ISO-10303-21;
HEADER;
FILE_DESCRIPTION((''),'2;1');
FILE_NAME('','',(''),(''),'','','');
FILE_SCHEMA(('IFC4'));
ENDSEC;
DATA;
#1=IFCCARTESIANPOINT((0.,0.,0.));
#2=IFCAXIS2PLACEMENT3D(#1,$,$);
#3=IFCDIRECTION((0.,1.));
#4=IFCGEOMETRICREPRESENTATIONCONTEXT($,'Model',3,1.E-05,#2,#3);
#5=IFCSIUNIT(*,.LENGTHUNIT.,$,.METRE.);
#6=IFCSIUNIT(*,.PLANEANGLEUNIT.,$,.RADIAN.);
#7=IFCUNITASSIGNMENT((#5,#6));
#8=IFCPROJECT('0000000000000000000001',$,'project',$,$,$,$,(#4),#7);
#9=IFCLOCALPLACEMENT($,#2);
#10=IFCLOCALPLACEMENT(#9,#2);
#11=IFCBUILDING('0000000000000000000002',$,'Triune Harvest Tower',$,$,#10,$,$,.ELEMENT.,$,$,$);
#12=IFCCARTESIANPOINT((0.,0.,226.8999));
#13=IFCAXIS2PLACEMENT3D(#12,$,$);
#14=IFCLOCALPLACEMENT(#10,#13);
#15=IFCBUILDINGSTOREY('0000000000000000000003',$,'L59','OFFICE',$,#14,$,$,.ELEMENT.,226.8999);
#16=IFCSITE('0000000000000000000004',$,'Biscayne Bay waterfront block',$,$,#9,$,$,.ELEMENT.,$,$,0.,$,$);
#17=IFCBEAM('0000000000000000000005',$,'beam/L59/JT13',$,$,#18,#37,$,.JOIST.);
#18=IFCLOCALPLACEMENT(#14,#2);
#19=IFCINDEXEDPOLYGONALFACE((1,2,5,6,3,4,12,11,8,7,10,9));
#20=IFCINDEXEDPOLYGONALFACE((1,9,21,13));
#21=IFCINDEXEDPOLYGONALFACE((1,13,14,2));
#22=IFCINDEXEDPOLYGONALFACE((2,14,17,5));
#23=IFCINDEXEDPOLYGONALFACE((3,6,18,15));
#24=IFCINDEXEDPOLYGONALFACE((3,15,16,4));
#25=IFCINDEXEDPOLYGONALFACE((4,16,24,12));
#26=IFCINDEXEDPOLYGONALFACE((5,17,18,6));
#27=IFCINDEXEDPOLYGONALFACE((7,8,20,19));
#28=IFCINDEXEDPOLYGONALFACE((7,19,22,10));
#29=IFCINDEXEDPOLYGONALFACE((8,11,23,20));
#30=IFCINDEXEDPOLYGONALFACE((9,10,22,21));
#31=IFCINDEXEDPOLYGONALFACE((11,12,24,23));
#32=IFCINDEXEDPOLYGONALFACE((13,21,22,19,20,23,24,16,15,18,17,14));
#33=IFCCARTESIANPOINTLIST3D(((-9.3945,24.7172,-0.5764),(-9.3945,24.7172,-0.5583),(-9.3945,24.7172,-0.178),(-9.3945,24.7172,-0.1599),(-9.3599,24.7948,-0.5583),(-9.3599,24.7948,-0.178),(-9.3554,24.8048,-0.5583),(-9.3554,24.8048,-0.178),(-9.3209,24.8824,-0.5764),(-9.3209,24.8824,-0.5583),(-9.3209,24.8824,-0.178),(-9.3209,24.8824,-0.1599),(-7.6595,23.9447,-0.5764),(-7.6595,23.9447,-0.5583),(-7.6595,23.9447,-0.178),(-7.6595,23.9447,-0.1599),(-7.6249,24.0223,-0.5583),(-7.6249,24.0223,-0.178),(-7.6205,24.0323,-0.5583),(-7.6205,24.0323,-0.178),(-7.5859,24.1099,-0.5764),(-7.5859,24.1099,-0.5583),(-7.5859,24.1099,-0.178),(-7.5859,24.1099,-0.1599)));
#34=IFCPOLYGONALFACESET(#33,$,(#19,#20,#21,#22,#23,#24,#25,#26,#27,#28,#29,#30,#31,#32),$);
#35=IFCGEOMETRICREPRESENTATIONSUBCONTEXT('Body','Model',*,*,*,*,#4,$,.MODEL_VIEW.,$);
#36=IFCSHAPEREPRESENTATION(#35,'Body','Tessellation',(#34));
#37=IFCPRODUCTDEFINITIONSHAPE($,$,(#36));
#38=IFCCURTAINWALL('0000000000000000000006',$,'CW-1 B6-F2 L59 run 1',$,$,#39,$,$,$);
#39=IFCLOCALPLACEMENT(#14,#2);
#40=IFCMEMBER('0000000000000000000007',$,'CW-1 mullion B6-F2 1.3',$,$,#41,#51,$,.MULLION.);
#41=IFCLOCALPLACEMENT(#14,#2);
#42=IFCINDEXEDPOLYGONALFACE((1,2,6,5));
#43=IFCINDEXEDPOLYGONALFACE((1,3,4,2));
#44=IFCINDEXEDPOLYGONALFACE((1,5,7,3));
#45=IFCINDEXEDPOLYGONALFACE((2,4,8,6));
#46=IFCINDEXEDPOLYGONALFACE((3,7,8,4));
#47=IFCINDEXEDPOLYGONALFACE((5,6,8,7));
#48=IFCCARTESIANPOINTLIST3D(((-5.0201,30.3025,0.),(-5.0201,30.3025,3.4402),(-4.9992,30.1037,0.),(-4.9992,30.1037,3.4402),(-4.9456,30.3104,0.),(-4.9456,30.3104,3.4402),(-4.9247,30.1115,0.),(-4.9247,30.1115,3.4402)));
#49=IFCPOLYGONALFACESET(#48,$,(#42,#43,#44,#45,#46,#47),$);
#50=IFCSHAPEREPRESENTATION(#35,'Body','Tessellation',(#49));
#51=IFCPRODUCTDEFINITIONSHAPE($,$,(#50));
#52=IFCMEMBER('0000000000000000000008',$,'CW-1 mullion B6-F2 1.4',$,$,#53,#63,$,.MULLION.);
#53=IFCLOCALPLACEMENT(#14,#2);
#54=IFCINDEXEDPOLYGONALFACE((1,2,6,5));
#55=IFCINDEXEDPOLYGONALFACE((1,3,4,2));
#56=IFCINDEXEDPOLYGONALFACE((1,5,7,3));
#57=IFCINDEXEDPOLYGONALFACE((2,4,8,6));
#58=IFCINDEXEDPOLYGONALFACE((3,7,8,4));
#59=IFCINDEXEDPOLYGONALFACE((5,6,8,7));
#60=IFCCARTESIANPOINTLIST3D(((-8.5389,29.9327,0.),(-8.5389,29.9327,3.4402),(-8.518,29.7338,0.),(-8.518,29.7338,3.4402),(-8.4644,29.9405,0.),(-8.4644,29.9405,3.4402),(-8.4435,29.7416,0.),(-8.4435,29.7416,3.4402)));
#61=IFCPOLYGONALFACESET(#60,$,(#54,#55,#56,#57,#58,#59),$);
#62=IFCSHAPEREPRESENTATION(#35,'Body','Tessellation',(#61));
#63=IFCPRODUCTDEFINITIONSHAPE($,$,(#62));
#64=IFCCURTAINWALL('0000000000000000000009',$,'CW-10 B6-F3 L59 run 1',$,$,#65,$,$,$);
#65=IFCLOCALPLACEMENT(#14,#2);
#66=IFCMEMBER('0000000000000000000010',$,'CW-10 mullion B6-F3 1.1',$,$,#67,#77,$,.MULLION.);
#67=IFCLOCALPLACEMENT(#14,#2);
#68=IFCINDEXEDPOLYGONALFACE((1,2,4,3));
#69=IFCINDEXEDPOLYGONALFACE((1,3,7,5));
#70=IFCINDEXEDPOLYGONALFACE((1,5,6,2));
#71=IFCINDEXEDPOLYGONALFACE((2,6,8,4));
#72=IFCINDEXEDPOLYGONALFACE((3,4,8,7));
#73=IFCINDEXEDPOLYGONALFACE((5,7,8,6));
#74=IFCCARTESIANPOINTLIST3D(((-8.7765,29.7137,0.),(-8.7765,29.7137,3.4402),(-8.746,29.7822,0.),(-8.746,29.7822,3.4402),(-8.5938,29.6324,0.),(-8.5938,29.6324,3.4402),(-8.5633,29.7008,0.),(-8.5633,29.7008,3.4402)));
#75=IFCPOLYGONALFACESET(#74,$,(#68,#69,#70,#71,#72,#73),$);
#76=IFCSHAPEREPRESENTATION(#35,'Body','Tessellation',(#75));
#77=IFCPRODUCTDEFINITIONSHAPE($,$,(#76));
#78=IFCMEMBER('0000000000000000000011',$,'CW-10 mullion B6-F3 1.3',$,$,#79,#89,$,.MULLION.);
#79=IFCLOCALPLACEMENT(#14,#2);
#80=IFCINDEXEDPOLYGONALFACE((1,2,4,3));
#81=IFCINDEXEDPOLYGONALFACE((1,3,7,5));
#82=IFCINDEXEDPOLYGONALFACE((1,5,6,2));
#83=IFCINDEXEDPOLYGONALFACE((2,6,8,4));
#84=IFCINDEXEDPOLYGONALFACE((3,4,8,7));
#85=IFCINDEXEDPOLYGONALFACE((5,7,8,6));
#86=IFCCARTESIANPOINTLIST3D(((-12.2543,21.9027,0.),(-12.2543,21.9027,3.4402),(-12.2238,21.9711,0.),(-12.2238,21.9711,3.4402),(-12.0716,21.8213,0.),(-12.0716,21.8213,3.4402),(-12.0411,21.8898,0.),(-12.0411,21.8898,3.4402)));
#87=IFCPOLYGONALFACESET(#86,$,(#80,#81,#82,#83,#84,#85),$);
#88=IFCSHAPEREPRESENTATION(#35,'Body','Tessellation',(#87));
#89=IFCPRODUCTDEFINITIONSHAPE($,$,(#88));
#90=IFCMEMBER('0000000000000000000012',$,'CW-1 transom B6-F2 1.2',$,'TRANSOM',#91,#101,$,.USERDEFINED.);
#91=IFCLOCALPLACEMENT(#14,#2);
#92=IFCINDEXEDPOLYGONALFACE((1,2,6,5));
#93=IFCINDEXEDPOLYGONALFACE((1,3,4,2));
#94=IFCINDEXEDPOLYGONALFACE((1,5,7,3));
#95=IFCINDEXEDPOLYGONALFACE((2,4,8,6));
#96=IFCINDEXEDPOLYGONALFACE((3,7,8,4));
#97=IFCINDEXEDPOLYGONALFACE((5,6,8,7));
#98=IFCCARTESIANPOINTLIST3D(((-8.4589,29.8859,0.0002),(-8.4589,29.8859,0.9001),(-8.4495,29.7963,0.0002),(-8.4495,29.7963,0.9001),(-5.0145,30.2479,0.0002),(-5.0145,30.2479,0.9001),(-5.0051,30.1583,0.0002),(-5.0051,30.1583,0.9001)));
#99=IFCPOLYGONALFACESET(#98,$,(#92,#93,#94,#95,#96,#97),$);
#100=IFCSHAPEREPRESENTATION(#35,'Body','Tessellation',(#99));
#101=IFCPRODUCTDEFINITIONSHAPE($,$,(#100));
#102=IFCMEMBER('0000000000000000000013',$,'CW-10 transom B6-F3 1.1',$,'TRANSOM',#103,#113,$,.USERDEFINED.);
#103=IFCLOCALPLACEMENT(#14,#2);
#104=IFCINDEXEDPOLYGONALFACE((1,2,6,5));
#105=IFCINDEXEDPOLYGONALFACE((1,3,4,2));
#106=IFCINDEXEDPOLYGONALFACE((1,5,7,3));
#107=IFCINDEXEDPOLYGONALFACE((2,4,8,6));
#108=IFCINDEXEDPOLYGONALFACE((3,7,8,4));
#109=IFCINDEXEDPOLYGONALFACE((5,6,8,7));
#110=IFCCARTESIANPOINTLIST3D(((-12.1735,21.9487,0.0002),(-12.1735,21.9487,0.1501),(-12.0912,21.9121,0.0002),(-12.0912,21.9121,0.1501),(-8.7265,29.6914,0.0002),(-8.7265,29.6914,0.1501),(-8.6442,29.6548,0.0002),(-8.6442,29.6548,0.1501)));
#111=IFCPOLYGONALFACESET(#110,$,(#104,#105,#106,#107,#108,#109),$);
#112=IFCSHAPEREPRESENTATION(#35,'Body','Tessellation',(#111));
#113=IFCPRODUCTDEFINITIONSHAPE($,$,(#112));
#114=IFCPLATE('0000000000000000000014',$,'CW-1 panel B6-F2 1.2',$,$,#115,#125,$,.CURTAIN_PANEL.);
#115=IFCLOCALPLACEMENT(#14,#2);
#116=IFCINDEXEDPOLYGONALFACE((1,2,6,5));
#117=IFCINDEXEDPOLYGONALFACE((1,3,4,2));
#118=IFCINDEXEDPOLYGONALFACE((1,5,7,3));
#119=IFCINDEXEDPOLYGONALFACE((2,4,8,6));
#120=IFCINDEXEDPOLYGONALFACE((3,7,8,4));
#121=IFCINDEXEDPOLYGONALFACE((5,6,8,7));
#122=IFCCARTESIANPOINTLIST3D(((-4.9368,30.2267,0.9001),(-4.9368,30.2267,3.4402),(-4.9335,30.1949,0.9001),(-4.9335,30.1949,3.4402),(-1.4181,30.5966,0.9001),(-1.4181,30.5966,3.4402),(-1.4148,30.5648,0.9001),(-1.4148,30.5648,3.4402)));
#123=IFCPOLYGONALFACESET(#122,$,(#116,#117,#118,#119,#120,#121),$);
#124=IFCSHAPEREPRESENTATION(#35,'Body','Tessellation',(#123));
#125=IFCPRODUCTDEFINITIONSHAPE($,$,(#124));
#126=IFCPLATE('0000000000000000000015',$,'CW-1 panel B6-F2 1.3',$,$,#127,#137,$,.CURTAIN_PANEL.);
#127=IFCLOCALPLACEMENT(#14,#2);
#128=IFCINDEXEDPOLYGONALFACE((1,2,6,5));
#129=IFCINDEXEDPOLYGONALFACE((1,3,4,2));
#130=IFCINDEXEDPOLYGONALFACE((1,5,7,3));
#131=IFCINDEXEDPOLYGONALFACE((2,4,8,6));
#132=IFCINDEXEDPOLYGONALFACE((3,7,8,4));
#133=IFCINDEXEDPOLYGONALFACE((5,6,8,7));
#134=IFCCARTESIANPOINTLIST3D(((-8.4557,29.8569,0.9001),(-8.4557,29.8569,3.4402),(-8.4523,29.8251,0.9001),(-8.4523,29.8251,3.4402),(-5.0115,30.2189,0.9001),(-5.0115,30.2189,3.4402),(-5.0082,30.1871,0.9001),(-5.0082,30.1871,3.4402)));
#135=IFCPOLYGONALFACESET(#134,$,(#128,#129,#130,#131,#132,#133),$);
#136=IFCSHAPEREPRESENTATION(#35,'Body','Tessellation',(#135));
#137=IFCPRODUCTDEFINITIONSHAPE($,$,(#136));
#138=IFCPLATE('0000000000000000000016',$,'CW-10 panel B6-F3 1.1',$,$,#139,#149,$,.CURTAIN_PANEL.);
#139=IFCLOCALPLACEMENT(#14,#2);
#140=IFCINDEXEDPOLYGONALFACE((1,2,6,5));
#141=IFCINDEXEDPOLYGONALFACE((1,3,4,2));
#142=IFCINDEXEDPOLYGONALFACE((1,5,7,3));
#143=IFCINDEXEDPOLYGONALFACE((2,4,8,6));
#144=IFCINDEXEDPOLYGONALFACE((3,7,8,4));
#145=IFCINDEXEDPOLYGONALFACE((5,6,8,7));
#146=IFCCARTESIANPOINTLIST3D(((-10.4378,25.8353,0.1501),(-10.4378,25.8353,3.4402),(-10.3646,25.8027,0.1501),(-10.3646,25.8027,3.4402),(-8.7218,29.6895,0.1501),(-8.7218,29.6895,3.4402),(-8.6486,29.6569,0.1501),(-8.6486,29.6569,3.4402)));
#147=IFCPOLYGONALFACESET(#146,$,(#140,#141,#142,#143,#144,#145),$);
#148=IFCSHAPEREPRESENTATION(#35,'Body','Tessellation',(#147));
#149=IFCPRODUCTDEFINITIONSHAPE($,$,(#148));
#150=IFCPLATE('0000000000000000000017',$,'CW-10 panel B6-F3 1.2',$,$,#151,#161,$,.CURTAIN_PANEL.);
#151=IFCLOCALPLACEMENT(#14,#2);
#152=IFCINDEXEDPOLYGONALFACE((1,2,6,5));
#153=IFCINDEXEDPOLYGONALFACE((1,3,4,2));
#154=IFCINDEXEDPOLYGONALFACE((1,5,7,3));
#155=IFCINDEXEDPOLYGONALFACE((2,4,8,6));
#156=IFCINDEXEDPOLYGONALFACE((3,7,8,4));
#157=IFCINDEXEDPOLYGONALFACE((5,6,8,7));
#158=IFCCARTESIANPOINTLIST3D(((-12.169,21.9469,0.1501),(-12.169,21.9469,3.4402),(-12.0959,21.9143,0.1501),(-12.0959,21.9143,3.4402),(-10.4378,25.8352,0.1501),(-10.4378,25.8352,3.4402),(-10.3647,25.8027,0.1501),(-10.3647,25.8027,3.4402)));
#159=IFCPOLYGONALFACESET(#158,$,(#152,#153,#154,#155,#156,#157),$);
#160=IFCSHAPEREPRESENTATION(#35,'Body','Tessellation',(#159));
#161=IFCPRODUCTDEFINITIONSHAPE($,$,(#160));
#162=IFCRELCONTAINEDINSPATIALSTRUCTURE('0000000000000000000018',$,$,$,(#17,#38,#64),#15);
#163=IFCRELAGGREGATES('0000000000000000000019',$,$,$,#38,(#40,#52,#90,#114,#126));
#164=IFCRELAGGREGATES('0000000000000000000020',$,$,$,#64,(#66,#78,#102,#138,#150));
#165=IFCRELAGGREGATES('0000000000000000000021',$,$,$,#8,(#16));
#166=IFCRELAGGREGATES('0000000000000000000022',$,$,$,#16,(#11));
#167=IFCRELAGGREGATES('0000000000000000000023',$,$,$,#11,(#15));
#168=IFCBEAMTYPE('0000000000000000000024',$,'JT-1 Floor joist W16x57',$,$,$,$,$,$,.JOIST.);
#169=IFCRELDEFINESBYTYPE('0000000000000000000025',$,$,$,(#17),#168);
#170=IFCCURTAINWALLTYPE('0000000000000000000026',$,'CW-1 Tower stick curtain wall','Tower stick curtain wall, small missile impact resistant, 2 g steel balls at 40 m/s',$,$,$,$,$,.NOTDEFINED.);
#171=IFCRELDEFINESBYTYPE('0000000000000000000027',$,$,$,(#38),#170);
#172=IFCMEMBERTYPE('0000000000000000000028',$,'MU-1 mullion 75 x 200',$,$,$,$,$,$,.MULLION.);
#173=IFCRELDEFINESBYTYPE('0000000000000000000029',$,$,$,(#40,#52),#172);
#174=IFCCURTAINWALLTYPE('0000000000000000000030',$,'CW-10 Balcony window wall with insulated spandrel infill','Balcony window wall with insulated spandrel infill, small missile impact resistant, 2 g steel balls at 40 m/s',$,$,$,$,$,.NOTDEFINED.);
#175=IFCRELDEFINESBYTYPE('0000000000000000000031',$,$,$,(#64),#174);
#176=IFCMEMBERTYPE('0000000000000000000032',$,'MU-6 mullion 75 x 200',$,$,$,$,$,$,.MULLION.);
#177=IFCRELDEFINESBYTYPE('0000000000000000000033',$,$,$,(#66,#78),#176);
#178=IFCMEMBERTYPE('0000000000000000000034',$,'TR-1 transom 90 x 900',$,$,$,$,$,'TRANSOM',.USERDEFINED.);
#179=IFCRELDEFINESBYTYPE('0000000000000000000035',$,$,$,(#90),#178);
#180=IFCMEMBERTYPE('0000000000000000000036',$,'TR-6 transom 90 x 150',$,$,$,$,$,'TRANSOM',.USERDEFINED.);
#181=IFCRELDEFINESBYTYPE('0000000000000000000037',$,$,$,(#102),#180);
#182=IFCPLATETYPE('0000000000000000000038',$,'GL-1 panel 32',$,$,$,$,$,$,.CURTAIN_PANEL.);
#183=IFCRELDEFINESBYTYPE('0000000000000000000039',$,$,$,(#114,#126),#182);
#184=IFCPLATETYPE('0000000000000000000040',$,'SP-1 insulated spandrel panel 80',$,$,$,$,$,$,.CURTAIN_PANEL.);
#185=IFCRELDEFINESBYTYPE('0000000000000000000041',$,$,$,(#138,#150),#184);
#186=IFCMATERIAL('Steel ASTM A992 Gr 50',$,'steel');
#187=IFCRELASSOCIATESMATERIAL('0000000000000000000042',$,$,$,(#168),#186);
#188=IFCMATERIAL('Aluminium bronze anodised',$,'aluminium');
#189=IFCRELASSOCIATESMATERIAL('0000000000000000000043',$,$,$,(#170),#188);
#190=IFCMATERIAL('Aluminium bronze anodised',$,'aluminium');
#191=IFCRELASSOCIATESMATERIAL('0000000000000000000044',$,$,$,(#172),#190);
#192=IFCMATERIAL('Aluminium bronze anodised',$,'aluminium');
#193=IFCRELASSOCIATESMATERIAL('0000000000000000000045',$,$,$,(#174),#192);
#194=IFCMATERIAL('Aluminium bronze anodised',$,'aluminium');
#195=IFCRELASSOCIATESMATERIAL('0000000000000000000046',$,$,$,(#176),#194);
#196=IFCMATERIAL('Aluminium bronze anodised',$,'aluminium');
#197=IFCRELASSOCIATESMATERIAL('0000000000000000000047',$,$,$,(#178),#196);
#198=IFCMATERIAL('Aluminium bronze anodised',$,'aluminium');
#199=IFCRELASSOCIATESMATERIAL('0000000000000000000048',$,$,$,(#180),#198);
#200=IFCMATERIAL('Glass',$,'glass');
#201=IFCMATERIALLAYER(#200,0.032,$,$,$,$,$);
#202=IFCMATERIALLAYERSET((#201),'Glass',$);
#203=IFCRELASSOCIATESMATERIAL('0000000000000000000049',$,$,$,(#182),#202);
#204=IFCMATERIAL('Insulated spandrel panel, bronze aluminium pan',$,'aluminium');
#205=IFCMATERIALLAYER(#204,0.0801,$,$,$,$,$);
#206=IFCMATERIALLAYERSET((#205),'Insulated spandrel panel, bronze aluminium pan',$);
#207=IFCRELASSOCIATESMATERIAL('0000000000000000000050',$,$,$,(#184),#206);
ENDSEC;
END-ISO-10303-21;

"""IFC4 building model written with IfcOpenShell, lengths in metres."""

from ifc_helpers import new_model, si_unit, direction, frame, origin, origin_2d, place, context, subcontext, project, spatial, rectangle, i_section, extrude, source, transform, mapped, material, layer, layer_set, material_profile, profile_set, type_object, element, aggregate, save


model = new_model("IFC4")

# Units and contexts
model_context = context("Model", 3, precision=1e-05, world=origin(), true_north=direction((0.0, 1.0)))
body_context = subcontext(model_context, "Body", "Model", "MODEL_VIEW")
ifc_project = project(units=[si_unit("LENGTHUNIT", "METRE"), si_unit("PLANEANGLEUNIT", "RADIAN")], contexts=[model_context])

# Site, building, storey
site_placement = place(None, origin())
site = spatial("IfcSite", under=ifc_project, at=site_placement, Name="Biscayne Bay waterfront block", CompositionType="ELEMENT", RefElevation=0.0)
building_placement = place(site_placement, origin())
building = spatial("IfcBuilding", under=site, at=building_placement, Name="Triune Harvest Tower", CompositionType="ELEMENT")
storey_placement = place(building_placement, frame((0.0, 0.0, 226.8999)))
storey = spatial("IfcBuildingStorey", under=building, at=storey_placement, Name="L59", Description="OFFICE", CompositionType="ELEMENT", Elevation=226.8999)

# Beam
ifc_material_1 = material(Name="Steel ASTM A992 Gr 50", Category="steel")
ifc_material_profile_1 = material_profile(ifc_material_1, i_section(OverallWidth=0.1809, OverallDepth=0.4165, WebThickness=0.011, FlangeThickness=0.0181, at=origin_2d()), Name="W16x57")
ifc_profile_set_1 = profile_set([ifc_material_profile_1], Name="Steel ASTM A992 Gr 50")
beam_type_1 = type_object("IfcBeamType", Name="JT-1 Floor joist W16x57", PredefinedType="JOIST", material=ifc_profile_set_1)
shared_shape_1 = source(origin(), body_context, "Body", "SweptSolid", [
    extrude(i_section(OverallWidth=0.1809, OverallDepth=0.4165, WebThickness=0.011, FlangeThickness=0.0181, at=origin_2d()), origin(), (0.0, 0.0, 1.0), 1.8992),
])
beam_1_placement = place(storey_placement, frame((-9.3577, 24.7998, -0.3682), z_axis=(0.913536, -0.406759, 0.0), x_axis=(0.406759, 0.913536, 0.0)))
element("IfcBeam", 1, at=beam_1_placement, inside=storey, type_object=beam_type_1, Name="beam/L59/JT13", PredefinedType="JOIST", context=body_context, shape_type="MappedRepresentation", body=[
    mapped(shared_shape_1, transform((0.0, 0.0, 0.0), scale=1.0)),
])

# Curtain walls, members
ifc_material_2 = material(Name="Aluminium bronze anodised", Category="aluminium")
curtain_wall_type_1 = type_object("IfcCurtainWallType", Name="CW-1 Tower stick curtain wall", Description="Tower stick curtain wall, small missile impact resistant, 2 g steel balls at 40 m/s", PredefinedType="NOTDEFINED", material=ifc_material_2)
curtain_wall_1_placement = place(storey_placement, origin())
curtain_wall_1 = element("IfcCurtainWall", 2, at=curtain_wall_1_placement, inside=storey, type_object=curtain_wall_type_1, Name="CW-1 B6-F2 L59 run 1")
ifc_material_3 = material(Name="Aluminium bronze anodised", Category="aluminium")
ifc_material_profile_2 = material_profile(ifc_material_3, rectangle(XDim=0.2, YDim=0.075, at=origin_2d()), Name="MU-1 mullion 75 x 200")
ifc_profile_set_2 = profile_set([ifc_material_profile_2], Name="Aluminium bronze anodised")
member_type_1 = type_object("IfcMemberType", Name="MU-1 mullion 75 x 200", PredefinedType="MULLION", material=ifc_profile_set_2)
shared_shape_2 = source(origin(), body_context, "Body", "SweptSolid", [
    extrude(rectangle(XDim=0.2, YDim=0.075, at=origin_2d()), origin(), (0.0, 0.0, 1.0), 3.4402),
])
member_1_placement = place(storey_placement, frame((-4.9724, 30.207, 0.0), z_axis=(0.0, 0.0, 1.0), x_axis=(0.10453, -0.994522, 0.0)))
member_1 = element("IfcMember", 3, at=member_1_placement, type_object=member_type_1, Name="CW-1 mullion B6-F2 1.3", PredefinedType="MULLION", context=body_context, shape_type="MappedRepresentation", body=[
    mapped(shared_shape_2, transform((0.0, 0.0, 0.0), scale=1.0)),
])
member_2_placement = place(storey_placement, frame((-8.4912, 29.8372, 0.0), z_axis=(0.0, 0.0, 1.0), x_axis=(0.10453, -0.994522, 0.0)))
member_2 = element("IfcMember", 4, at=member_2_placement, type_object=member_type_1, Name="CW-1 mullion B6-F2 1.4", PredefinedType="MULLION", context=body_context, shape_type="MappedRepresentation", body=[
    mapped(shared_shape_2, transform((0.0, 0.0, 0.0), scale=1.0)),
])
ifc_material_4 = material(Name="Aluminium bronze anodised", Category="aluminium")
curtain_wall_type_2 = type_object("IfcCurtainWallType", Name="CW-10 Balcony window wall with insulated spandrel infill", Description="Balcony window wall with insulated spandrel infill, small missile impact resistant, 2 g steel balls at 40 m/s", PredefinedType="NOTDEFINED", material=ifc_material_4)
curtain_wall_2_placement = place(storey_placement, origin())
curtain_wall_2 = element("IfcCurtainWall", 5, at=curtain_wall_2_placement, inside=storey, type_object=curtain_wall_type_2, Name="CW-10 B6-F3 L59 run 1")
ifc_material_5 = material(Name="Aluminium bronze anodised", Category="aluminium")
ifc_material_profile_3 = material_profile(ifc_material_5, rectangle(XDim=0.2, YDim=0.075, at=origin_2d()), Name="MU-6 mullion 75 x 200")
ifc_profile_set_3 = profile_set([ifc_material_profile_3], Name="Aluminium bronze anodised")
member_type_2 = type_object("IfcMemberType", Name="MU-6 mullion 75 x 200", PredefinedType="MULLION", material=ifc_profile_set_3)
shared_shape_3 = source(origin(), body_context, "Body", "SweptSolid", [
    extrude(rectangle(XDim=0.2, YDim=0.075, at=origin_2d()), origin(), (0.0, 0.0, 1.0), 3.4402),
])
member_3_placement = place(storey_placement, frame((-8.6699, 29.7073, 0.0), z_axis=(0.0, 0.0, 1.0), x_axis=(0.913545, -0.406738, 0.0)))
member_3 = element("IfcMember", 6, at=member_3_placement, type_object=member_type_2, Name="CW-10 mullion B6-F3 1.1", PredefinedType="MULLION", context=body_context, shape_type="MappedRepresentation", body=[
    mapped(shared_shape_3, transform((0.0, 0.0, 0.0), scale=1.0)),
])
member_4_placement = place(storey_placement, frame((-12.1477, 21.8962, 0.0), z_axis=(0.0, 0.0, 1.0), x_axis=(0.913545, -0.406738, 0.0)))
member_4 = element("IfcMember", 7, at=member_4_placement, type_object=member_type_2, Name="CW-10 mullion B6-F3 1.3", PredefinedType="MULLION", context=body_context, shape_type="MappedRepresentation", body=[
    mapped(shared_shape_3, transform((0.0, 0.0, 0.0), scale=1.0)),
])

# Members
ifc_material_6 = material(Name="Aluminium bronze anodised", Category="aluminium")
ifc_material_profile_4 = material_profile(ifc_material_6, rectangle(XDim=0.0901, YDim=0.8999, at=origin_2d()), Name="TR-1 transom 90 x 900")
ifc_profile_set_4 = profile_set([ifc_material_profile_4], Name="Aluminium bronze anodised")
member_type_3 = type_object("IfcMemberType", Name="TR-1 transom 90 x 900", ElementType="TRANSOM", PredefinedType="USERDEFINED", material=ifc_profile_set_4)
shared_shape_4 = source(origin(), body_context, "Body", "SweptSolid", [
    extrude(rectangle(XDim=0.0901, YDim=0.8999, at=origin_2d()), origin(), (0.0, 0.0, 1.0), 3.4634),
])
member_5_placement = place(storey_placement, frame((-5.0098, 30.2031, 0.4502), z_axis=(-0.994521, -0.104542, 0.0), x_axis=(0.104542, -0.994521, 0.0)))
member_5 = element("IfcMember", 8, at=member_5_placement, type_object=member_type_3, Name="CW-1 transom B6-F2 1.2", ObjectType="TRANSOM", PredefinedType="USERDEFINED", context=body_context, shape_type="MappedRepresentation", body=[
    mapped(shared_shape_4, transform((0.0, 0.0, 0.0), scale=1.0)),
])
ifc_material_7 = material(Name="Aluminium bronze anodised", Category="aluminium")
ifc_material_profile_5 = material_profile(ifc_material_7, rectangle(XDim=0.0901, YDim=0.1499, at=origin_2d()), Name="TR-6 transom 90 x 150")
ifc_profile_set_5 = profile_set([ifc_material_profile_5], Name="Aluminium bronze anodised")
member_type_4 = type_object("IfcMemberType", Name="TR-6 transom 90 x 150", ElementType="TRANSOM", PredefinedType="USERDEFINED", material=ifc_profile_set_5)
shared_shape_5 = source(origin(), body_context, "Body", "SweptSolid", [
    extrude(rectangle(XDim=0.0901, YDim=0.1499, at=origin_2d()), origin(), (0.0, 0.0, 1.0), 8.4753),
])
member_6_placement = place(storey_placement, frame((-8.6853, 29.6731, 0.0752), z_axis=(-0.406713, -0.913556, 0.0), x_axis=(0.913556, -0.406713, 0.0)))
member_6 = element("IfcMember", 9, at=member_6_placement, type_object=member_type_4, Name="CW-10 transom B6-F3 1.1", ObjectType="TRANSOM", PredefinedType="USERDEFINED", context=body_context, shape_type="MappedRepresentation", body=[
    mapped(shared_shape_5, transform((0.0, 0.0, 0.0), scale=1.0)),
])

# Plates
ifc_material_8 = material(Name="Glass", Category="glass")
ifc_layer_1 = layer(ifc_material_8, 0.032)
ifc_layer_set_1 = layer_set([ifc_layer_1], Name="Glass")
plate_type_1 = type_object("IfcPlateType", Name="GL-1 panel 32", PredefinedType="CURTAIN_PANEL", material=ifc_layer_set_1)
shared_shape_6 = source(origin(), body_context, "Body", "SweptSolid", [
    extrude(rectangle(XDim=3.5381, YDim=0.032, at=origin_2d()), origin(), (0.0, 0.0, 1.0), 2.54),
])
plate_1_placement = place(storey_placement, frame((-3.1758, 30.3958, 0.9001), z_axis=(0.0, 0.0, 1.0), x_axis=(-0.994522, -0.10453, 0.0)))
plate_1 = element("IfcPlate", 10, at=plate_1_placement, type_object=plate_type_1, Name="CW-1 panel B6-F2 1.2", PredefinedType="CURTAIN_PANEL", context=body_context, shape_type="MappedRepresentation", body=[
    mapped(shared_shape_6, transform((0.0, 0.0, 0.0), scale=1.0)),
])
shared_shape_7 = source(origin(), body_context, "Body", "SweptSolid", [
    extrude(rectangle(XDim=3.4631, YDim=0.032, at=origin_2d()), origin(), (0.0, 0.0, 1.0), 2.54),
])
plate_2_placement = place(storey_placement, frame((-6.7319, 30.022, 0.9001), z_axis=(0.0, 0.0, 1.0), x_axis=(-0.994522, -0.10453, 0.0)))
plate_2 = element("IfcPlate", 11, at=plate_2_placement, type_object=plate_type_1, Name="CW-1 panel B6-F2 1.3", PredefinedType="CURTAIN_PANEL", context=body_context, shape_type="MappedRepresentation", body=[
    mapped(shared_shape_7, transform((0.0, 0.0, 0.0), scale=1.0)),
])
aggregate(curtain_wall_1, [member_1, member_2, member_5, plate_1, plate_2])
ifc_material_9 = material(Name="Insulated spandrel panel, bronze aluminium pan", Category="aluminium")
ifc_layer_2 = layer(ifc_material_9, 0.0801)
ifc_layer_set_2 = layer_set([ifc_layer_2], Name="Insulated spandrel panel, bronze aluminium pan")
plate_type_2 = type_object("IfcPlateType", Name="SP-1 insulated spandrel panel 80", PredefinedType="CURTAIN_PANEL", material=ifc_layer_set_2)
shared_shape_8 = source(origin(), body_context, "Body", "SweptSolid", [
    extrude(rectangle(XDim=4.219, YDim=0.0801, at=origin_2d()), origin(), (0.0, 0.0, 1.0), 3.29),
])
plate_3_placement = place(storey_placement, frame((-9.5432, 27.7461, 0.1501), z_axis=(0.0, 0.0, 1.0), x_axis=(-0.406738, -0.913545, 0.0)))
plate_3 = element("IfcPlate", 12, at=plate_3_placement, type_object=plate_type_2, Name="CW-10 panel B6-F3 1.1", PredefinedType="CURTAIN_PANEL", context=body_context, shape_type="MappedRepresentation", body=[
    mapped(shared_shape_8, transform((0.0, 0.0, 0.0), scale=1.0)),
])
shared_shape_9 = source(origin(), body_context, "Body", "SweptSolid", [
    extrude(rectangle(XDim=4.2563, YDim=0.0801, at=origin_2d()), origin(), (0.0, 0.0, 1.0), 3.29),
])
plate_4_placement = place(storey_placement, frame((-11.2668, 23.8748, 0.1501), z_axis=(0.0, 0.0, 1.0), x_axis=(-0.406738, -0.913545, 0.0)))
plate_4 = element("IfcPlate", 13, at=plate_4_placement, type_object=plate_type_2, Name="CW-10 panel B6-F3 1.2", PredefinedType="CURTAIN_PANEL", context=body_context, shape_type="MappedRepresentation", body=[
    mapped(shared_shape_9, transform((0.0, 0.0, 0.0), scale=1.0)),
])
aggregate(curtain_wall_2, [member_3, member_4, member_6, plate_3, plate_4])

save(model, "model.ifc")
